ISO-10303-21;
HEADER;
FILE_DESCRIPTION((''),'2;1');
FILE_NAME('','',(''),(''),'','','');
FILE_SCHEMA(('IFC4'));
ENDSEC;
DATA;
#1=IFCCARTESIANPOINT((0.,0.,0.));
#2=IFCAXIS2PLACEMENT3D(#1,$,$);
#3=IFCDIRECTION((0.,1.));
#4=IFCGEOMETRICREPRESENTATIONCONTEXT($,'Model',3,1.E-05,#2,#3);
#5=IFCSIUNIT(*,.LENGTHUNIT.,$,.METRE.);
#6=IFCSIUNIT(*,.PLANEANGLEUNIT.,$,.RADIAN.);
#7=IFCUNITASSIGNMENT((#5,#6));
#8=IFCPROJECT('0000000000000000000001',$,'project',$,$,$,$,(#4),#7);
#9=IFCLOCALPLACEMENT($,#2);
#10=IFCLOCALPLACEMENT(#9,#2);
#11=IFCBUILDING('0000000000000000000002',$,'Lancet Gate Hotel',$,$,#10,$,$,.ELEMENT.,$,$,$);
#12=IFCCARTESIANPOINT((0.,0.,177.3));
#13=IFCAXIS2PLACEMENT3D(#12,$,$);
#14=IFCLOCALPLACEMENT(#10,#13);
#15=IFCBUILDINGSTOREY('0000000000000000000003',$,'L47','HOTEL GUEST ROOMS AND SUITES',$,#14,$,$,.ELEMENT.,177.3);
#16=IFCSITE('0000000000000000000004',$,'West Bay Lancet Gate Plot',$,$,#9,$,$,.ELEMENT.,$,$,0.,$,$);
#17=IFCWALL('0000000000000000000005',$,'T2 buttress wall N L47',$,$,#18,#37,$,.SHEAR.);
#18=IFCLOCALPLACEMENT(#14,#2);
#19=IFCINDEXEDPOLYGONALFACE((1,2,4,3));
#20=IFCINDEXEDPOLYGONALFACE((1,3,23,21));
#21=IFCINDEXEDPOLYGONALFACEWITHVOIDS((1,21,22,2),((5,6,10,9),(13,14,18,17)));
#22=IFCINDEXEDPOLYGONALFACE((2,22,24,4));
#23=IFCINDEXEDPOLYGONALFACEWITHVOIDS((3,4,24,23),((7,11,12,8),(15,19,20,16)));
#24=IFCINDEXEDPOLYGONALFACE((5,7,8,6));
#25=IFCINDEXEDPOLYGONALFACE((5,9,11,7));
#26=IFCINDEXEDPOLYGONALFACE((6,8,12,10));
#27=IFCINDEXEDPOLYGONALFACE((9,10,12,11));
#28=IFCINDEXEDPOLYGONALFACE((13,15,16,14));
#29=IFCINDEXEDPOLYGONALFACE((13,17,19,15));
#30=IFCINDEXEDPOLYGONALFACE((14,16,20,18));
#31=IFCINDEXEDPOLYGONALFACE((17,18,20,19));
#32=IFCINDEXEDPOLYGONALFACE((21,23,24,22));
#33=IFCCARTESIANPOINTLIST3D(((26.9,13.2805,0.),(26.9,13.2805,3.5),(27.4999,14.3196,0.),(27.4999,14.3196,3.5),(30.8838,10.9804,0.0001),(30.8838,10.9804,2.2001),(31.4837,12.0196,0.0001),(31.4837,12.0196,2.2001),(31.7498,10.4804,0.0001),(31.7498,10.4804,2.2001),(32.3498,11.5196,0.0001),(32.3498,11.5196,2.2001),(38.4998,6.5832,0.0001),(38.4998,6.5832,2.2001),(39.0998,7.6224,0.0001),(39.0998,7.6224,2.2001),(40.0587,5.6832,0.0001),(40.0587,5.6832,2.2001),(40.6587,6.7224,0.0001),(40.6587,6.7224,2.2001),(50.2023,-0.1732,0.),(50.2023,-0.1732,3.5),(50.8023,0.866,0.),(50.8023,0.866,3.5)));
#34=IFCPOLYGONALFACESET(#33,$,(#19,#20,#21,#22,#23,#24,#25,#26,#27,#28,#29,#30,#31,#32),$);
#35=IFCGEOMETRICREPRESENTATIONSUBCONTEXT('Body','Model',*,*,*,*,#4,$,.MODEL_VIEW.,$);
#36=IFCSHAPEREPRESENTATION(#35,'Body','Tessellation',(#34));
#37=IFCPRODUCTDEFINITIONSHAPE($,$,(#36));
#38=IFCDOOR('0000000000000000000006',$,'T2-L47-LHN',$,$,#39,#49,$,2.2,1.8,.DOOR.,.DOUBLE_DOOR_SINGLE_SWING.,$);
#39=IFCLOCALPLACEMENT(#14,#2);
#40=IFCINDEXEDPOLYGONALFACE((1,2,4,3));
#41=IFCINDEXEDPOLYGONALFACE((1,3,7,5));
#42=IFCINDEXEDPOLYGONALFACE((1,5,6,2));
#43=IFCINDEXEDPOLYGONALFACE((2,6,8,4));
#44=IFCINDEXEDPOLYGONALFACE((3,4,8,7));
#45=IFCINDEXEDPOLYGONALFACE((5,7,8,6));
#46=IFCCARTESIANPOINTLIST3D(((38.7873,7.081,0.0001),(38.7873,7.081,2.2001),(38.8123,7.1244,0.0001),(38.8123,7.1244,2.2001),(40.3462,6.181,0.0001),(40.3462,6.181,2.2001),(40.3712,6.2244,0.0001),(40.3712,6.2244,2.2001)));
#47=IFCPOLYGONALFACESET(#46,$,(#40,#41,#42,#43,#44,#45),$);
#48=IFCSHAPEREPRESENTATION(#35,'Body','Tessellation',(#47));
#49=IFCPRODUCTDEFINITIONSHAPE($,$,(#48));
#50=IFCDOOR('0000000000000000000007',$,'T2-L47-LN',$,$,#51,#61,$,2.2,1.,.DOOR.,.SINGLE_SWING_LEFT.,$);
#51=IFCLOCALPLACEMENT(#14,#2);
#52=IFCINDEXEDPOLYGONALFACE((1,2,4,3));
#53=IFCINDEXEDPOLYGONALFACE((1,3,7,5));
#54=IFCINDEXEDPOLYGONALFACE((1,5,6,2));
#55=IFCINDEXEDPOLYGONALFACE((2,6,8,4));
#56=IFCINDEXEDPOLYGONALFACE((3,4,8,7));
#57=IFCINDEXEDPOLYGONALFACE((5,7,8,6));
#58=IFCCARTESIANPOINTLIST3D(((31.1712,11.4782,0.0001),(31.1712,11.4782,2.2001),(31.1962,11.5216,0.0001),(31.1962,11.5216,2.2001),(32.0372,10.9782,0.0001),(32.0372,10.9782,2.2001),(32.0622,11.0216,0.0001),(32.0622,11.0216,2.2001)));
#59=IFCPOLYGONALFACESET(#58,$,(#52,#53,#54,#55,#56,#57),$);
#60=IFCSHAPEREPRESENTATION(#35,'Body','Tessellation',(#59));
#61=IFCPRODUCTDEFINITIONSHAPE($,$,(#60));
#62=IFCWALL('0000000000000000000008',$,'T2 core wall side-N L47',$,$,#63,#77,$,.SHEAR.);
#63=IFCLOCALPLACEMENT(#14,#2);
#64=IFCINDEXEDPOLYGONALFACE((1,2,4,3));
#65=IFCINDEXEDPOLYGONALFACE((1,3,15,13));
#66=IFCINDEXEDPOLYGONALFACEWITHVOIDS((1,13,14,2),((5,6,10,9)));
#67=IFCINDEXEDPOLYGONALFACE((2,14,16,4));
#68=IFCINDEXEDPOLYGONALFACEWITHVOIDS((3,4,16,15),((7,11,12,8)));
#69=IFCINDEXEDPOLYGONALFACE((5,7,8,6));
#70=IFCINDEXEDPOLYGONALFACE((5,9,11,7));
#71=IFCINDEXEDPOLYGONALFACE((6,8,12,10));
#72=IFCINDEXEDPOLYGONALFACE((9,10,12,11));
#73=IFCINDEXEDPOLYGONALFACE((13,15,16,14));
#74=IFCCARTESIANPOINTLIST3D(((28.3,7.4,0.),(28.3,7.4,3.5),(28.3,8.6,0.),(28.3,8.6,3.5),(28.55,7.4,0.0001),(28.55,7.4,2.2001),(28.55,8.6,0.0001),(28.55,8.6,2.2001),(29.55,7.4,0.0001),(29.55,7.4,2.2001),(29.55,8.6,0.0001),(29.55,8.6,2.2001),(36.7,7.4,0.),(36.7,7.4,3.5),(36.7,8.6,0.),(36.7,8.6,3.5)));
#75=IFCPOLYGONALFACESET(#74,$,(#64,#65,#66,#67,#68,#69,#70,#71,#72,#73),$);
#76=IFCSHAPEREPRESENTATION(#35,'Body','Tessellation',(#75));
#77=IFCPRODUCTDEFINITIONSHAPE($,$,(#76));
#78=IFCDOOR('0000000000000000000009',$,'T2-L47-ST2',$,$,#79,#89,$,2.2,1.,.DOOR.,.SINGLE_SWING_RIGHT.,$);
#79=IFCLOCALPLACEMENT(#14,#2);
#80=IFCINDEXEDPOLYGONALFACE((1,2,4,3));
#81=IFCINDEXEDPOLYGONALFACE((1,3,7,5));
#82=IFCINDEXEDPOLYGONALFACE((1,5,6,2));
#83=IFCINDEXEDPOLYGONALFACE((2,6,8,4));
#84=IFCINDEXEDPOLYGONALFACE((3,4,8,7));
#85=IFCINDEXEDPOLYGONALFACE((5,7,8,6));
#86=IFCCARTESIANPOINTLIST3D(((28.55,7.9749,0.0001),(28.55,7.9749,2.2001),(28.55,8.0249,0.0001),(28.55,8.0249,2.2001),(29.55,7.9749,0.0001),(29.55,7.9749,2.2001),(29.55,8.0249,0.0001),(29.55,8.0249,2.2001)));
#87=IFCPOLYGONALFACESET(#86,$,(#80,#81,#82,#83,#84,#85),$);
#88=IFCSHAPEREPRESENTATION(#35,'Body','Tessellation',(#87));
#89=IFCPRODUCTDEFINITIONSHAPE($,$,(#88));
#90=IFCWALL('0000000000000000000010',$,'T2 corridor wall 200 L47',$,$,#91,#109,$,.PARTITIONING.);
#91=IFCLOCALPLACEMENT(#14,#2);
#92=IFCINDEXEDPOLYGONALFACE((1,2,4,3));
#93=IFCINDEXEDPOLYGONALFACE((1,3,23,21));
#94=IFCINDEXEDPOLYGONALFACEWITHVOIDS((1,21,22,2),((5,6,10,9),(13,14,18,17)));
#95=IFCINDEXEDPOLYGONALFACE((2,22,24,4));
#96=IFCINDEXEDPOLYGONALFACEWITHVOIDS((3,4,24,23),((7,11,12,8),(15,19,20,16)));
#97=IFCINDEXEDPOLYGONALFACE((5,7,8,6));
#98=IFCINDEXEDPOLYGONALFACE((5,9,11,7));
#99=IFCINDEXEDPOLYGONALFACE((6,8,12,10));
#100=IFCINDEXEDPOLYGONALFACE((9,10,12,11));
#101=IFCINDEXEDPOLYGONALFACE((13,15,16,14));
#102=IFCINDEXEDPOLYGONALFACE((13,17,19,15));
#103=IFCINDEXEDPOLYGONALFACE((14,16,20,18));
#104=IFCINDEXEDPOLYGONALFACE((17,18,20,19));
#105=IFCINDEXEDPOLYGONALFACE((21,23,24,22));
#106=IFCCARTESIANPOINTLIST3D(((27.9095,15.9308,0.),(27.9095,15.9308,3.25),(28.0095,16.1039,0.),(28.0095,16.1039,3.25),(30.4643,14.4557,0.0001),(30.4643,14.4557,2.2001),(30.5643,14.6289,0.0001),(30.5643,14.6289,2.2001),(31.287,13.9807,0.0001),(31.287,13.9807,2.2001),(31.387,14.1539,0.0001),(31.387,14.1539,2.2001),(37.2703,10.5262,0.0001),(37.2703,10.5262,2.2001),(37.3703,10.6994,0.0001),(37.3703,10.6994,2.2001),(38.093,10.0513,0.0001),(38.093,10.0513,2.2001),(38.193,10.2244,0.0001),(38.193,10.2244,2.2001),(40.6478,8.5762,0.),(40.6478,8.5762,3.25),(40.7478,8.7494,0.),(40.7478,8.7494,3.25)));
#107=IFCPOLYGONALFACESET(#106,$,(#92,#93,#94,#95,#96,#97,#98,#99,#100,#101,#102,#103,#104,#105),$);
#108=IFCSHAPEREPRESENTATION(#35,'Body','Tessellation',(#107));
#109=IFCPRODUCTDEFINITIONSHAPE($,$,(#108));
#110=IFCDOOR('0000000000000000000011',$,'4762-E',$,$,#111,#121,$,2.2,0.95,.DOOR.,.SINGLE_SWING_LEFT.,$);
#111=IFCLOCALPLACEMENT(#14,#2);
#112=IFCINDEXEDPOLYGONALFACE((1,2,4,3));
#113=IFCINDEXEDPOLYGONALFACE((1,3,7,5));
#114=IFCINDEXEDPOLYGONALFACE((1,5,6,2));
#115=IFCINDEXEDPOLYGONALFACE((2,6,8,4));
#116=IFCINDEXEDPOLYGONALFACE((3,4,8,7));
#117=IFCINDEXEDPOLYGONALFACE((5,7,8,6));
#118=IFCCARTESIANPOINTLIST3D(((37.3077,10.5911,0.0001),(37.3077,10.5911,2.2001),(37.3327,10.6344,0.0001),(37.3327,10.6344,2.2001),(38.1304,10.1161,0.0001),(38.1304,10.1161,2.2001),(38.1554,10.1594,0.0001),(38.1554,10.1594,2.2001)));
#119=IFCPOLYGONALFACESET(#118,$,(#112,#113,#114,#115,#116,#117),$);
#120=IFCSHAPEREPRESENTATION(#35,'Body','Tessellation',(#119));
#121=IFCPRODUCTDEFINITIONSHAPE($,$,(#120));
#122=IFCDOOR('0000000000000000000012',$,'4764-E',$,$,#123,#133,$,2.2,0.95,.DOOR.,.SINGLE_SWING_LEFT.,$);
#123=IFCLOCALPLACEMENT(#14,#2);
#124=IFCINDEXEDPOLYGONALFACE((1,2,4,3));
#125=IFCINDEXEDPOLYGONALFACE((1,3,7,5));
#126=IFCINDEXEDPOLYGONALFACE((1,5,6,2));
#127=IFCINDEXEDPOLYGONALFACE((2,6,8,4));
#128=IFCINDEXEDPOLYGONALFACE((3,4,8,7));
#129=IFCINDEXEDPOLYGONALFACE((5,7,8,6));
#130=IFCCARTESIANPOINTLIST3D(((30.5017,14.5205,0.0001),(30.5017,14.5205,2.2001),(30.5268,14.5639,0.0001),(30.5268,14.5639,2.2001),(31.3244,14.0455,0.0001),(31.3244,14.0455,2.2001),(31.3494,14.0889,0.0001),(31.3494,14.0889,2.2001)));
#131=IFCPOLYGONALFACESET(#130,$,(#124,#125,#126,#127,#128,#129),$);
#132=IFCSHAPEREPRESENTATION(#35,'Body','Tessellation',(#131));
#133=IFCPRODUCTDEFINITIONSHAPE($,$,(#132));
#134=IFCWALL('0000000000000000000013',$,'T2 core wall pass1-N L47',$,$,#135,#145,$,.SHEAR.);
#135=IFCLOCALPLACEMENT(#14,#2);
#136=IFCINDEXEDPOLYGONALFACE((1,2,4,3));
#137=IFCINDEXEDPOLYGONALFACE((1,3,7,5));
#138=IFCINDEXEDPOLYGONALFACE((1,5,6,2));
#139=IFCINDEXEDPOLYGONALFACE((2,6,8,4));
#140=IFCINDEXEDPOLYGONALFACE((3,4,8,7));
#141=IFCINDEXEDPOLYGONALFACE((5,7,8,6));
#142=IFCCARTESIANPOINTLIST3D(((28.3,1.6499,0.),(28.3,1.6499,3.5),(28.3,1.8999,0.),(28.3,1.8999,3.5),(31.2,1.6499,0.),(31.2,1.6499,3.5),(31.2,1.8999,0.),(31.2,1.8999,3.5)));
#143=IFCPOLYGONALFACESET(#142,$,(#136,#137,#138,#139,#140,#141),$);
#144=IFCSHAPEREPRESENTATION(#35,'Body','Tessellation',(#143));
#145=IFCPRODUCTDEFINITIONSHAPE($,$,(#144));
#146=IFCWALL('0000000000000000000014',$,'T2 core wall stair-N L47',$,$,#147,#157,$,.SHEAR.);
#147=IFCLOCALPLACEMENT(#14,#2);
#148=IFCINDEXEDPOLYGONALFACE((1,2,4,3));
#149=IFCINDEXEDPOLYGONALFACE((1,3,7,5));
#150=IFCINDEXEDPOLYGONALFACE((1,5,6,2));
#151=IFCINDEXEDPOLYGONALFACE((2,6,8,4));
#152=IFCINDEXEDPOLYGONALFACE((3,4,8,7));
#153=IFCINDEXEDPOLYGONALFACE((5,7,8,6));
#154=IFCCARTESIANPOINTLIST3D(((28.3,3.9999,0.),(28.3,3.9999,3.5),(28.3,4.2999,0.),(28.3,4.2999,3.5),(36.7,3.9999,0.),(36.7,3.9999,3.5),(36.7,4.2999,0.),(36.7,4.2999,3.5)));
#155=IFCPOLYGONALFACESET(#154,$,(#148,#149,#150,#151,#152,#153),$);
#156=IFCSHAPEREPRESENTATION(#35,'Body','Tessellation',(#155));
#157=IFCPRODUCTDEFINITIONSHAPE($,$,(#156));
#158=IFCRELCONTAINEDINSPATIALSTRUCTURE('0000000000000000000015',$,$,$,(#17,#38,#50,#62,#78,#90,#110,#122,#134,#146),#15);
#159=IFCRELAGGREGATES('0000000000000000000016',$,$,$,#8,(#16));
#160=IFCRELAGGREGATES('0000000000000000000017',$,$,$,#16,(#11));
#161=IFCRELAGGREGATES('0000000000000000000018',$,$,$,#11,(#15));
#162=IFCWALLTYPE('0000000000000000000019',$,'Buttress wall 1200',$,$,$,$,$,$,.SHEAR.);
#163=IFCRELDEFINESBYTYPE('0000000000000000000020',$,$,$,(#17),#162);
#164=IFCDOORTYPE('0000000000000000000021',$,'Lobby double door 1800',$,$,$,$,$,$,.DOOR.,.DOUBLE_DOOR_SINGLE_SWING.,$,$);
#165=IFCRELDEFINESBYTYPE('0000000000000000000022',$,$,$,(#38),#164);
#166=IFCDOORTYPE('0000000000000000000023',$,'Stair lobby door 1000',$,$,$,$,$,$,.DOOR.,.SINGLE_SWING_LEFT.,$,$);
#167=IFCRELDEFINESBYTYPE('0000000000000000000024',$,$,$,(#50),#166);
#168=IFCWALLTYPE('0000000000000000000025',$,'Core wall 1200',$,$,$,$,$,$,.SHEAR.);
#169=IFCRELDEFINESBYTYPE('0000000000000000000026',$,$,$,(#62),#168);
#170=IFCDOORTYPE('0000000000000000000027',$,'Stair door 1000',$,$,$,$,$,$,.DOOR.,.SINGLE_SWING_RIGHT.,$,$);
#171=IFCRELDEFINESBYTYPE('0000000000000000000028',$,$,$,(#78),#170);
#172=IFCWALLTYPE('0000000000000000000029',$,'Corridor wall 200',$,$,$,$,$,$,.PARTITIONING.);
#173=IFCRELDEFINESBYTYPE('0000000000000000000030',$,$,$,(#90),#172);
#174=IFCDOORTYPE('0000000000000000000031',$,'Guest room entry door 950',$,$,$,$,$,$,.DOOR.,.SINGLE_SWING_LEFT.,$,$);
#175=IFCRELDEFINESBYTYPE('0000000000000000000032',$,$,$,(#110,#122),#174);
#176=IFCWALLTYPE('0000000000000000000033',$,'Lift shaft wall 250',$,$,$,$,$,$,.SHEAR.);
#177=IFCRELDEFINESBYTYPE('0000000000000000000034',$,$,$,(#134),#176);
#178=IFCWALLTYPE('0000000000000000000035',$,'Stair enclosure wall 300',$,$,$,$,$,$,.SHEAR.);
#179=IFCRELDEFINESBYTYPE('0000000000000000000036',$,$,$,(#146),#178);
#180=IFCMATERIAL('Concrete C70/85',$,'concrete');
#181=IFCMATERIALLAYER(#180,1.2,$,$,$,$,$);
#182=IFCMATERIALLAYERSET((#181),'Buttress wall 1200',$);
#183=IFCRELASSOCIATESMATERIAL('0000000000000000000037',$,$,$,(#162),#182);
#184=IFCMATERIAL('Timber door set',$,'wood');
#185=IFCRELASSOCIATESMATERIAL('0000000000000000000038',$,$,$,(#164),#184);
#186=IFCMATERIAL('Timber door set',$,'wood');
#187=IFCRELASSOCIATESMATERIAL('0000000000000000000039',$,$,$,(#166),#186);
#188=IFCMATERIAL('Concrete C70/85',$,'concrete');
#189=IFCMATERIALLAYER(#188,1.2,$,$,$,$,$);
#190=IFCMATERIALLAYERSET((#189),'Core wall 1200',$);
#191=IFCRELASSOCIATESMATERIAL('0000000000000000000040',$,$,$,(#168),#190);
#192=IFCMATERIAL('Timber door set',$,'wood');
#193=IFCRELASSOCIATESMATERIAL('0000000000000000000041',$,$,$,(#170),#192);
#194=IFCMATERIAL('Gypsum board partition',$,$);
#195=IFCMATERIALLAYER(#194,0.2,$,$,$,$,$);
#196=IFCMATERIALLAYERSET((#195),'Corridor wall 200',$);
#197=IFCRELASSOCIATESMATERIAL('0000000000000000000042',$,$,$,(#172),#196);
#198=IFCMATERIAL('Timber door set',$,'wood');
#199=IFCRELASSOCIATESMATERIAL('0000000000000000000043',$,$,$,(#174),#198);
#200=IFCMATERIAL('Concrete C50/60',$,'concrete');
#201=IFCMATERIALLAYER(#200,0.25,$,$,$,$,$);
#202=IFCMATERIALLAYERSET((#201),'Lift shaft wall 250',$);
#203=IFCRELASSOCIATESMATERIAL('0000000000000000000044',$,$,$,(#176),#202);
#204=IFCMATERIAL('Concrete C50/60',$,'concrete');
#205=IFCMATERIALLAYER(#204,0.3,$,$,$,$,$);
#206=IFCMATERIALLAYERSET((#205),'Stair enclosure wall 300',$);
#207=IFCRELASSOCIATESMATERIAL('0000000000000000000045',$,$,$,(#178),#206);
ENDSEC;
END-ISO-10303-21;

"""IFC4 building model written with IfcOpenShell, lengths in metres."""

from ifc_helpers import new_model, si_unit, direction, frame, frame_2d, origin, place, context, subcontext, project, spatial, rectangle, extrude, material, layer, layer_set, type_object, element, fill, save


model = new_model("IFC4")

# Units and contexts
model_context = context("Model", 3, precision=1e-05, world=origin(), true_north=direction((0.0, 1.0)))
body_context = subcontext(model_context, "Body", "Model", "MODEL_VIEW")
ifc_project = project(units=[si_unit("LENGTHUNIT", "METRE"), si_unit("PLANEANGLEUNIT", "RADIAN")], contexts=[model_context])

# Site, building, storey
site_placement = place(None, origin())
site = spatial("IfcSite", under=ifc_project, at=site_placement, Name="West Bay Lancet Gate Plot", CompositionType="ELEMENT", RefElevation=0.0)
building_placement = place(site_placement, origin())
building = spatial("IfcBuilding", under=site, at=building_placement, Name="Lancet Gate Hotel", CompositionType="ELEMENT")
storey_placement = place(building_placement, frame((0.0, 0.0, 177.3)))
storey = spatial("IfcBuildingStorey", under=building, at=storey_placement, Name="L47", Description="HOTEL GUEST ROOMS AND SUITES", CompositionType="ELEMENT", Elevation=177.3)

# Wall, openings, doors
ifc_material_1 = material(Name="Concrete C70/85", Category="concrete")
ifc_layer_1 = layer(ifc_material_1, 1.2)
ifc_layer_set_1 = layer_set([ifc_layer_1], Name="Buttress wall 1200")
wall_type_1 = type_object("IfcWallType", Name="Buttress wall 1200", PredefinedType="SHEAR", material=ifc_layer_set_1)
wall_1_placement = place(storey_placement, frame((27.2, 13.8, 0.0), z_axis=(0.0, 0.0, 1.0), x_axis=(0.866025, -0.500002, 0.0)))
wall_1 = element("IfcWall", 1, at=wall_1_placement, inside=storey, type_object=wall_type_1, Name="T2 buttress wall N L47", PredefinedType="SHEAR", context=body_context, shape_type="SweptSolid", body=[
    extrude(rectangle(XDim=26.9072, YDim=1.2, at=frame_2d((13.4536, 0.0))), origin(), (0.0, 0.0, 1.0), 3.5),
])
opening_1_placement = place(wall_1_placement, frame((4.6001, 0.0, 0.0)))
opening_1 = element("IfcOpeningElement", 2, at=opening_1_placement, cuts=wall_1, PredefinedType="OPENING", context=body_context, shape_type="SweptSolid", body=[
    extrude(rectangle(XDim=1.0, YDim=2.2, at=frame_2d((0.5, 1.1001))), frame((0.0, 0.6099, 0.0), z_axis=(0.0, -1.0, 0.0), x_axis=(1.0, 0.0, 0.0)), (0.0, 0.0, 1.0), 1.22),
])
opening_2_placement = place(wall_1_placement, frame((13.3945, 0.0, 0.0)))
opening_2 = element("IfcOpeningElement", 3, at=opening_2_placement, cuts=wall_1, PredefinedType="OPENING", context=body_context, shape_type="SweptSolid", body=[
    extrude(rectangle(XDim=1.8, YDim=2.2, at=frame_2d((0.8999, 1.1001))), frame((0.0, 0.6099, 0.0), z_axis=(0.0, -1.0, 0.0), x_axis=(1.0, 0.0, 0.0)), (0.0, 0.0, 1.0), 1.22),
])
ifc_material_2 = material(Name="Timber door set", Category="wood")
door_type_1 = type_object("IfcDoorType", Name="Lobby double door 1800", OperationType="DOUBLE_DOOR_SINGLE_SWING", PredefinedType="DOOR", material=ifc_material_2)
door_1_placement = place(opening_2_placement, origin())
door_1 = element("IfcDoor", 4, at=door_1_placement, inside=storey, type_object=door_type_1, Name="T2-L47-LHN", OperationType="DOUBLE_DOOR_SINGLE_SWING", OverallHeight=2.2, OverallWidth=1.8, PredefinedType="DOOR", context=body_context, shape_type="SweptSolid", body=[
    extrude(rectangle(XDim=1.8, YDim=2.2, at=frame_2d((0.8999, 1.1001))), frame((0.0, 0.0249, 0.0), z_axis=(0.0, -1.0, 0.0), x_axis=(1.0, 0.0, 0.0)), (0.0, 0.0, 1.0), 0.05),
])
fill(opening_2, door_1)
ifc_material_3 = material(Name="Timber door set", Category="wood")
door_type_2 = type_object("IfcDoorType", Name="Stair lobby door 1000", OperationType="SINGLE_SWING_LEFT", PredefinedType="DOOR", material=ifc_material_3)
door_2_placement = place(opening_1_placement, origin())
door_2 = element("IfcDoor", 5, at=door_2_placement, inside=storey, type_object=door_type_2, Name="T2-L47-LN", OperationType="SINGLE_SWING_LEFT", OverallHeight=2.2, OverallWidth=1.0, PredefinedType="DOOR", context=body_context, shape_type="SweptSolid", body=[
    extrude(rectangle(XDim=1.0, YDim=2.2, at=frame_2d((0.5, 1.1001))), frame((0.0, 0.0249, 0.0), z_axis=(0.0, -1.0, 0.0), x_axis=(1.0, 0.0, 0.0)), (0.0, 0.0, 1.0), 0.05),
])
fill(opening_1, door_2)

# Wall, opening, door
ifc_material_4 = material(Name="Concrete C70/85", Category="concrete")
ifc_layer_2 = layer(ifc_material_4, 1.2)
ifc_layer_set_2 = layer_set([ifc_layer_2], Name="Core wall 1200")
wall_type_2 = type_object("IfcWallType", Name="Core wall 1200", PredefinedType="SHEAR", material=ifc_layer_set_2)
wall_2_placement = place(storey_placement, frame((28.3, 8.0, 0.0), z_axis=(0.0, 0.0, 1.0), x_axis=(1.0, 0.0, 0.0)))
wall_2 = element("IfcWall", 6, at=wall_2_placement, inside=storey, type_object=wall_type_2, Name="T2 core wall side-N L47", PredefinedType="SHEAR", context=body_context, shape_type="SweptSolid", body=[
    extrude(rectangle(XDim=8.3999, YDim=1.2, at=frame_2d((4.2, 0.0))), origin(), (0.0, 0.0, 1.0), 3.5),
])
opening_3_placement = place(wall_2_placement, frame((0.25, 0.0, 0.0)))
opening_3 = element("IfcOpeningElement", 7, at=opening_3_placement, cuts=wall_2, PredefinedType="OPENING", context=body_context, shape_type="SweptSolid", body=[
    extrude(rectangle(XDim=1.0, YDim=2.2, at=frame_2d((0.5, 1.1001))), frame((0.0, 0.6099, 0.0), z_axis=(0.0, -1.0, 0.0), x_axis=(1.0, 0.0, 0.0)), (0.0, 0.0, 1.0), 1.22),
])
ifc_material_5 = material(Name="Timber door set", Category="wood")
door_type_3 = type_object("IfcDoorType", Name="Stair door 1000", OperationType="SINGLE_SWING_RIGHT", PredefinedType="DOOR", material=ifc_material_5)
door_3_placement = place(opening_3_placement, origin())
door_3 = element("IfcDoor", 8, at=door_3_placement, inside=storey, type_object=door_type_3, Name="T2-L47-ST2", OperationType="SINGLE_SWING_RIGHT", OverallHeight=2.2, OverallWidth=1.0, PredefinedType="DOOR", context=body_context, shape_type="SweptSolid", body=[
    extrude(rectangle(XDim=1.0, YDim=2.2, at=frame_2d((0.5, 1.1001))), frame((0.0, 0.0249, 0.0), z_axis=(0.0, -1.0, 0.0), x_axis=(1.0, 0.0, 0.0)), (0.0, 0.0, 1.0), 0.05),
])
fill(opening_3, door_3)

# Wall, openings, doors
ifc_material_6 = material(Name="Gypsum board partition")
ifc_layer_3 = layer(ifc_material_6, 0.2)
ifc_layer_set_3 = layer_set([ifc_layer_3], Name="Corridor wall 200")
wall_type_3 = type_object("IfcWallType", Name="Corridor wall 200", PredefinedType="PARTITIONING", material=ifc_layer_set_3)
wall_3_placement = place(storey_placement, frame((27.9595, 16.0173, 0.0), z_axis=(0.0, 0.0, 1.0), x_axis=(0.866024, -0.500002, 0.0)))
wall_3 = element("IfcWall", 9, at=wall_3_placement, inside=storey, type_object=wall_type_3, Name="T2 corridor wall 200 L47", PredefinedType="PARTITIONING", context=body_context, shape_type="SweptSolid", body=[
    extrude(rectangle(XDim=14.709, YDim=0.2, at=frame_2d((7.3545, 0.0))), origin(), (0.0, 0.0, 1.0), 3.25),
])
opening_4_placement = place(wall_3_placement, frame((10.8088, 0.0, 0.0)))
opening_4 = element("IfcOpeningElement", 10, at=opening_4_placement, cuts=wall_3, PredefinedType="OPENING", context=body_context, shape_type="SweptSolid", body=[
    extrude(rectangle(XDim=0.95, YDim=2.2, at=frame_2d((0.4751, 1.1001))), frame((0.0, 0.1099, 0.0), z_axis=(0.0, -1.0, 0.0), x_axis=(1.0, 0.0, 0.0)), (0.0, 0.0, 1.0), 0.22),
])
opening_5_placement = place(wall_3_placement, frame((2.95, 0.0, 0.0)))
opening_5 = element("IfcOpeningElement", 11, at=opening_5_placement, cuts=wall_3, PredefinedType="OPENING", context=body_context, shape_type="SweptSolid", body=[
    extrude(rectangle(XDim=0.95, YDim=2.2, at=frame_2d((0.4751, 1.1001))), frame((0.0, 0.1099, 0.0), z_axis=(0.0, -1.0, 0.0), x_axis=(1.0, 0.0, 0.0)), (0.0, 0.0, 1.0), 0.22),
])
ifc_material_7 = material(Name="Timber door set", Category="wood")
door_type_4 = type_object("IfcDoorType", Name="Guest room entry door 950", OperationType="SINGLE_SWING_LEFT", PredefinedType="DOOR", material=ifc_material_7)
door_4_placement = place(opening_4_placement, origin())
door_4 = element("IfcDoor", 12, at=door_4_placement, inside=storey, type_object=door_type_4, Name="4762-E", OperationType="SINGLE_SWING_LEFT", OverallHeight=2.2, OverallWidth=0.95, PredefinedType="DOOR", context=body_context, shape_type="SweptSolid", body=[
    extrude(rectangle(XDim=0.95, YDim=2.2, at=frame_2d((0.4751, 1.1001))), frame((0.0, 0.0249, 0.0), z_axis=(0.0, -1.0, 0.0), x_axis=(1.0, 0.0, 0.0)), (0.0, 0.0, 1.0), 0.05),
])
fill(opening_4, door_4)
door_5_placement = place(opening_5_placement, origin())
door_5 = element("IfcDoor", 13, at=door_5_placement, inside=storey, type_object=door_type_4, Name="4764-E", OperationType="SINGLE_SWING_LEFT", OverallHeight=2.2, OverallWidth=0.95, PredefinedType="DOOR", context=body_context, shape_type="SweptSolid", body=[
    extrude(rectangle(XDim=0.95, YDim=2.2, at=frame_2d((0.4751, 1.1001))), frame((0.0, 0.0249, 0.0), z_axis=(0.0, -1.0, 0.0), x_axis=(1.0, 0.0, 0.0)), (0.0, 0.0, 1.0), 0.05),
])
fill(opening_5, door_5)

# Walls
ifc_material_8 = material(Name="Concrete C50/60", Category="concrete")
ifc_layer_4 = layer(ifc_material_8, 0.25)
ifc_layer_set_4 = layer_set([ifc_layer_4], Name="Lift shaft wall 250")
wall_type_4 = type_object("IfcWallType", Name="Lift shaft wall 250", PredefinedType="SHEAR", material=ifc_layer_set_4)
wall_4_placement = place(storey_placement, frame((28.3, 1.7749, 0.0), z_axis=(0.0, 0.0, 1.0), x_axis=(1.0, 0.0, 0.0)))
element("IfcWall", 14, at=wall_4_placement, inside=storey, type_object=wall_type_4, Name="T2 core wall pass1-N L47", PredefinedType="SHEAR", context=body_context, shape_type="SweptSolid", body=[
    extrude(rectangle(XDim=2.8999, YDim=0.25, at=frame_2d((1.45, 0.0))), origin(), (0.0, 0.0, 1.0), 3.5),
])
ifc_material_9 = material(Name="Concrete C50/60", Category="concrete")
ifc_layer_5 = layer(ifc_material_9, 0.3)
ifc_layer_set_5 = layer_set([ifc_layer_5], Name="Stair enclosure wall 300")
wall_type_5 = type_object("IfcWallType", Name="Stair enclosure wall 300", PredefinedType="SHEAR", material=ifc_layer_set_5)
wall_5_placement = place(storey_placement, frame((28.3, 4.1499, 0.0), z_axis=(0.0, 0.0, 1.0), x_axis=(1.0, 0.0, 0.0)))
element("IfcWall", 15, at=wall_5_placement, inside=storey, type_object=wall_type_5, Name="T2 core wall stair-N L47", PredefinedType="SHEAR", context=body_context, shape_type="SweptSolid", body=[
    extrude(rectangle(XDim=8.3999, YDim=0.3, at=frame_2d((4.2, 0.0))), origin(), (0.0, 0.0, 1.0), 3.5),
])

save(model, "model.ifc")
